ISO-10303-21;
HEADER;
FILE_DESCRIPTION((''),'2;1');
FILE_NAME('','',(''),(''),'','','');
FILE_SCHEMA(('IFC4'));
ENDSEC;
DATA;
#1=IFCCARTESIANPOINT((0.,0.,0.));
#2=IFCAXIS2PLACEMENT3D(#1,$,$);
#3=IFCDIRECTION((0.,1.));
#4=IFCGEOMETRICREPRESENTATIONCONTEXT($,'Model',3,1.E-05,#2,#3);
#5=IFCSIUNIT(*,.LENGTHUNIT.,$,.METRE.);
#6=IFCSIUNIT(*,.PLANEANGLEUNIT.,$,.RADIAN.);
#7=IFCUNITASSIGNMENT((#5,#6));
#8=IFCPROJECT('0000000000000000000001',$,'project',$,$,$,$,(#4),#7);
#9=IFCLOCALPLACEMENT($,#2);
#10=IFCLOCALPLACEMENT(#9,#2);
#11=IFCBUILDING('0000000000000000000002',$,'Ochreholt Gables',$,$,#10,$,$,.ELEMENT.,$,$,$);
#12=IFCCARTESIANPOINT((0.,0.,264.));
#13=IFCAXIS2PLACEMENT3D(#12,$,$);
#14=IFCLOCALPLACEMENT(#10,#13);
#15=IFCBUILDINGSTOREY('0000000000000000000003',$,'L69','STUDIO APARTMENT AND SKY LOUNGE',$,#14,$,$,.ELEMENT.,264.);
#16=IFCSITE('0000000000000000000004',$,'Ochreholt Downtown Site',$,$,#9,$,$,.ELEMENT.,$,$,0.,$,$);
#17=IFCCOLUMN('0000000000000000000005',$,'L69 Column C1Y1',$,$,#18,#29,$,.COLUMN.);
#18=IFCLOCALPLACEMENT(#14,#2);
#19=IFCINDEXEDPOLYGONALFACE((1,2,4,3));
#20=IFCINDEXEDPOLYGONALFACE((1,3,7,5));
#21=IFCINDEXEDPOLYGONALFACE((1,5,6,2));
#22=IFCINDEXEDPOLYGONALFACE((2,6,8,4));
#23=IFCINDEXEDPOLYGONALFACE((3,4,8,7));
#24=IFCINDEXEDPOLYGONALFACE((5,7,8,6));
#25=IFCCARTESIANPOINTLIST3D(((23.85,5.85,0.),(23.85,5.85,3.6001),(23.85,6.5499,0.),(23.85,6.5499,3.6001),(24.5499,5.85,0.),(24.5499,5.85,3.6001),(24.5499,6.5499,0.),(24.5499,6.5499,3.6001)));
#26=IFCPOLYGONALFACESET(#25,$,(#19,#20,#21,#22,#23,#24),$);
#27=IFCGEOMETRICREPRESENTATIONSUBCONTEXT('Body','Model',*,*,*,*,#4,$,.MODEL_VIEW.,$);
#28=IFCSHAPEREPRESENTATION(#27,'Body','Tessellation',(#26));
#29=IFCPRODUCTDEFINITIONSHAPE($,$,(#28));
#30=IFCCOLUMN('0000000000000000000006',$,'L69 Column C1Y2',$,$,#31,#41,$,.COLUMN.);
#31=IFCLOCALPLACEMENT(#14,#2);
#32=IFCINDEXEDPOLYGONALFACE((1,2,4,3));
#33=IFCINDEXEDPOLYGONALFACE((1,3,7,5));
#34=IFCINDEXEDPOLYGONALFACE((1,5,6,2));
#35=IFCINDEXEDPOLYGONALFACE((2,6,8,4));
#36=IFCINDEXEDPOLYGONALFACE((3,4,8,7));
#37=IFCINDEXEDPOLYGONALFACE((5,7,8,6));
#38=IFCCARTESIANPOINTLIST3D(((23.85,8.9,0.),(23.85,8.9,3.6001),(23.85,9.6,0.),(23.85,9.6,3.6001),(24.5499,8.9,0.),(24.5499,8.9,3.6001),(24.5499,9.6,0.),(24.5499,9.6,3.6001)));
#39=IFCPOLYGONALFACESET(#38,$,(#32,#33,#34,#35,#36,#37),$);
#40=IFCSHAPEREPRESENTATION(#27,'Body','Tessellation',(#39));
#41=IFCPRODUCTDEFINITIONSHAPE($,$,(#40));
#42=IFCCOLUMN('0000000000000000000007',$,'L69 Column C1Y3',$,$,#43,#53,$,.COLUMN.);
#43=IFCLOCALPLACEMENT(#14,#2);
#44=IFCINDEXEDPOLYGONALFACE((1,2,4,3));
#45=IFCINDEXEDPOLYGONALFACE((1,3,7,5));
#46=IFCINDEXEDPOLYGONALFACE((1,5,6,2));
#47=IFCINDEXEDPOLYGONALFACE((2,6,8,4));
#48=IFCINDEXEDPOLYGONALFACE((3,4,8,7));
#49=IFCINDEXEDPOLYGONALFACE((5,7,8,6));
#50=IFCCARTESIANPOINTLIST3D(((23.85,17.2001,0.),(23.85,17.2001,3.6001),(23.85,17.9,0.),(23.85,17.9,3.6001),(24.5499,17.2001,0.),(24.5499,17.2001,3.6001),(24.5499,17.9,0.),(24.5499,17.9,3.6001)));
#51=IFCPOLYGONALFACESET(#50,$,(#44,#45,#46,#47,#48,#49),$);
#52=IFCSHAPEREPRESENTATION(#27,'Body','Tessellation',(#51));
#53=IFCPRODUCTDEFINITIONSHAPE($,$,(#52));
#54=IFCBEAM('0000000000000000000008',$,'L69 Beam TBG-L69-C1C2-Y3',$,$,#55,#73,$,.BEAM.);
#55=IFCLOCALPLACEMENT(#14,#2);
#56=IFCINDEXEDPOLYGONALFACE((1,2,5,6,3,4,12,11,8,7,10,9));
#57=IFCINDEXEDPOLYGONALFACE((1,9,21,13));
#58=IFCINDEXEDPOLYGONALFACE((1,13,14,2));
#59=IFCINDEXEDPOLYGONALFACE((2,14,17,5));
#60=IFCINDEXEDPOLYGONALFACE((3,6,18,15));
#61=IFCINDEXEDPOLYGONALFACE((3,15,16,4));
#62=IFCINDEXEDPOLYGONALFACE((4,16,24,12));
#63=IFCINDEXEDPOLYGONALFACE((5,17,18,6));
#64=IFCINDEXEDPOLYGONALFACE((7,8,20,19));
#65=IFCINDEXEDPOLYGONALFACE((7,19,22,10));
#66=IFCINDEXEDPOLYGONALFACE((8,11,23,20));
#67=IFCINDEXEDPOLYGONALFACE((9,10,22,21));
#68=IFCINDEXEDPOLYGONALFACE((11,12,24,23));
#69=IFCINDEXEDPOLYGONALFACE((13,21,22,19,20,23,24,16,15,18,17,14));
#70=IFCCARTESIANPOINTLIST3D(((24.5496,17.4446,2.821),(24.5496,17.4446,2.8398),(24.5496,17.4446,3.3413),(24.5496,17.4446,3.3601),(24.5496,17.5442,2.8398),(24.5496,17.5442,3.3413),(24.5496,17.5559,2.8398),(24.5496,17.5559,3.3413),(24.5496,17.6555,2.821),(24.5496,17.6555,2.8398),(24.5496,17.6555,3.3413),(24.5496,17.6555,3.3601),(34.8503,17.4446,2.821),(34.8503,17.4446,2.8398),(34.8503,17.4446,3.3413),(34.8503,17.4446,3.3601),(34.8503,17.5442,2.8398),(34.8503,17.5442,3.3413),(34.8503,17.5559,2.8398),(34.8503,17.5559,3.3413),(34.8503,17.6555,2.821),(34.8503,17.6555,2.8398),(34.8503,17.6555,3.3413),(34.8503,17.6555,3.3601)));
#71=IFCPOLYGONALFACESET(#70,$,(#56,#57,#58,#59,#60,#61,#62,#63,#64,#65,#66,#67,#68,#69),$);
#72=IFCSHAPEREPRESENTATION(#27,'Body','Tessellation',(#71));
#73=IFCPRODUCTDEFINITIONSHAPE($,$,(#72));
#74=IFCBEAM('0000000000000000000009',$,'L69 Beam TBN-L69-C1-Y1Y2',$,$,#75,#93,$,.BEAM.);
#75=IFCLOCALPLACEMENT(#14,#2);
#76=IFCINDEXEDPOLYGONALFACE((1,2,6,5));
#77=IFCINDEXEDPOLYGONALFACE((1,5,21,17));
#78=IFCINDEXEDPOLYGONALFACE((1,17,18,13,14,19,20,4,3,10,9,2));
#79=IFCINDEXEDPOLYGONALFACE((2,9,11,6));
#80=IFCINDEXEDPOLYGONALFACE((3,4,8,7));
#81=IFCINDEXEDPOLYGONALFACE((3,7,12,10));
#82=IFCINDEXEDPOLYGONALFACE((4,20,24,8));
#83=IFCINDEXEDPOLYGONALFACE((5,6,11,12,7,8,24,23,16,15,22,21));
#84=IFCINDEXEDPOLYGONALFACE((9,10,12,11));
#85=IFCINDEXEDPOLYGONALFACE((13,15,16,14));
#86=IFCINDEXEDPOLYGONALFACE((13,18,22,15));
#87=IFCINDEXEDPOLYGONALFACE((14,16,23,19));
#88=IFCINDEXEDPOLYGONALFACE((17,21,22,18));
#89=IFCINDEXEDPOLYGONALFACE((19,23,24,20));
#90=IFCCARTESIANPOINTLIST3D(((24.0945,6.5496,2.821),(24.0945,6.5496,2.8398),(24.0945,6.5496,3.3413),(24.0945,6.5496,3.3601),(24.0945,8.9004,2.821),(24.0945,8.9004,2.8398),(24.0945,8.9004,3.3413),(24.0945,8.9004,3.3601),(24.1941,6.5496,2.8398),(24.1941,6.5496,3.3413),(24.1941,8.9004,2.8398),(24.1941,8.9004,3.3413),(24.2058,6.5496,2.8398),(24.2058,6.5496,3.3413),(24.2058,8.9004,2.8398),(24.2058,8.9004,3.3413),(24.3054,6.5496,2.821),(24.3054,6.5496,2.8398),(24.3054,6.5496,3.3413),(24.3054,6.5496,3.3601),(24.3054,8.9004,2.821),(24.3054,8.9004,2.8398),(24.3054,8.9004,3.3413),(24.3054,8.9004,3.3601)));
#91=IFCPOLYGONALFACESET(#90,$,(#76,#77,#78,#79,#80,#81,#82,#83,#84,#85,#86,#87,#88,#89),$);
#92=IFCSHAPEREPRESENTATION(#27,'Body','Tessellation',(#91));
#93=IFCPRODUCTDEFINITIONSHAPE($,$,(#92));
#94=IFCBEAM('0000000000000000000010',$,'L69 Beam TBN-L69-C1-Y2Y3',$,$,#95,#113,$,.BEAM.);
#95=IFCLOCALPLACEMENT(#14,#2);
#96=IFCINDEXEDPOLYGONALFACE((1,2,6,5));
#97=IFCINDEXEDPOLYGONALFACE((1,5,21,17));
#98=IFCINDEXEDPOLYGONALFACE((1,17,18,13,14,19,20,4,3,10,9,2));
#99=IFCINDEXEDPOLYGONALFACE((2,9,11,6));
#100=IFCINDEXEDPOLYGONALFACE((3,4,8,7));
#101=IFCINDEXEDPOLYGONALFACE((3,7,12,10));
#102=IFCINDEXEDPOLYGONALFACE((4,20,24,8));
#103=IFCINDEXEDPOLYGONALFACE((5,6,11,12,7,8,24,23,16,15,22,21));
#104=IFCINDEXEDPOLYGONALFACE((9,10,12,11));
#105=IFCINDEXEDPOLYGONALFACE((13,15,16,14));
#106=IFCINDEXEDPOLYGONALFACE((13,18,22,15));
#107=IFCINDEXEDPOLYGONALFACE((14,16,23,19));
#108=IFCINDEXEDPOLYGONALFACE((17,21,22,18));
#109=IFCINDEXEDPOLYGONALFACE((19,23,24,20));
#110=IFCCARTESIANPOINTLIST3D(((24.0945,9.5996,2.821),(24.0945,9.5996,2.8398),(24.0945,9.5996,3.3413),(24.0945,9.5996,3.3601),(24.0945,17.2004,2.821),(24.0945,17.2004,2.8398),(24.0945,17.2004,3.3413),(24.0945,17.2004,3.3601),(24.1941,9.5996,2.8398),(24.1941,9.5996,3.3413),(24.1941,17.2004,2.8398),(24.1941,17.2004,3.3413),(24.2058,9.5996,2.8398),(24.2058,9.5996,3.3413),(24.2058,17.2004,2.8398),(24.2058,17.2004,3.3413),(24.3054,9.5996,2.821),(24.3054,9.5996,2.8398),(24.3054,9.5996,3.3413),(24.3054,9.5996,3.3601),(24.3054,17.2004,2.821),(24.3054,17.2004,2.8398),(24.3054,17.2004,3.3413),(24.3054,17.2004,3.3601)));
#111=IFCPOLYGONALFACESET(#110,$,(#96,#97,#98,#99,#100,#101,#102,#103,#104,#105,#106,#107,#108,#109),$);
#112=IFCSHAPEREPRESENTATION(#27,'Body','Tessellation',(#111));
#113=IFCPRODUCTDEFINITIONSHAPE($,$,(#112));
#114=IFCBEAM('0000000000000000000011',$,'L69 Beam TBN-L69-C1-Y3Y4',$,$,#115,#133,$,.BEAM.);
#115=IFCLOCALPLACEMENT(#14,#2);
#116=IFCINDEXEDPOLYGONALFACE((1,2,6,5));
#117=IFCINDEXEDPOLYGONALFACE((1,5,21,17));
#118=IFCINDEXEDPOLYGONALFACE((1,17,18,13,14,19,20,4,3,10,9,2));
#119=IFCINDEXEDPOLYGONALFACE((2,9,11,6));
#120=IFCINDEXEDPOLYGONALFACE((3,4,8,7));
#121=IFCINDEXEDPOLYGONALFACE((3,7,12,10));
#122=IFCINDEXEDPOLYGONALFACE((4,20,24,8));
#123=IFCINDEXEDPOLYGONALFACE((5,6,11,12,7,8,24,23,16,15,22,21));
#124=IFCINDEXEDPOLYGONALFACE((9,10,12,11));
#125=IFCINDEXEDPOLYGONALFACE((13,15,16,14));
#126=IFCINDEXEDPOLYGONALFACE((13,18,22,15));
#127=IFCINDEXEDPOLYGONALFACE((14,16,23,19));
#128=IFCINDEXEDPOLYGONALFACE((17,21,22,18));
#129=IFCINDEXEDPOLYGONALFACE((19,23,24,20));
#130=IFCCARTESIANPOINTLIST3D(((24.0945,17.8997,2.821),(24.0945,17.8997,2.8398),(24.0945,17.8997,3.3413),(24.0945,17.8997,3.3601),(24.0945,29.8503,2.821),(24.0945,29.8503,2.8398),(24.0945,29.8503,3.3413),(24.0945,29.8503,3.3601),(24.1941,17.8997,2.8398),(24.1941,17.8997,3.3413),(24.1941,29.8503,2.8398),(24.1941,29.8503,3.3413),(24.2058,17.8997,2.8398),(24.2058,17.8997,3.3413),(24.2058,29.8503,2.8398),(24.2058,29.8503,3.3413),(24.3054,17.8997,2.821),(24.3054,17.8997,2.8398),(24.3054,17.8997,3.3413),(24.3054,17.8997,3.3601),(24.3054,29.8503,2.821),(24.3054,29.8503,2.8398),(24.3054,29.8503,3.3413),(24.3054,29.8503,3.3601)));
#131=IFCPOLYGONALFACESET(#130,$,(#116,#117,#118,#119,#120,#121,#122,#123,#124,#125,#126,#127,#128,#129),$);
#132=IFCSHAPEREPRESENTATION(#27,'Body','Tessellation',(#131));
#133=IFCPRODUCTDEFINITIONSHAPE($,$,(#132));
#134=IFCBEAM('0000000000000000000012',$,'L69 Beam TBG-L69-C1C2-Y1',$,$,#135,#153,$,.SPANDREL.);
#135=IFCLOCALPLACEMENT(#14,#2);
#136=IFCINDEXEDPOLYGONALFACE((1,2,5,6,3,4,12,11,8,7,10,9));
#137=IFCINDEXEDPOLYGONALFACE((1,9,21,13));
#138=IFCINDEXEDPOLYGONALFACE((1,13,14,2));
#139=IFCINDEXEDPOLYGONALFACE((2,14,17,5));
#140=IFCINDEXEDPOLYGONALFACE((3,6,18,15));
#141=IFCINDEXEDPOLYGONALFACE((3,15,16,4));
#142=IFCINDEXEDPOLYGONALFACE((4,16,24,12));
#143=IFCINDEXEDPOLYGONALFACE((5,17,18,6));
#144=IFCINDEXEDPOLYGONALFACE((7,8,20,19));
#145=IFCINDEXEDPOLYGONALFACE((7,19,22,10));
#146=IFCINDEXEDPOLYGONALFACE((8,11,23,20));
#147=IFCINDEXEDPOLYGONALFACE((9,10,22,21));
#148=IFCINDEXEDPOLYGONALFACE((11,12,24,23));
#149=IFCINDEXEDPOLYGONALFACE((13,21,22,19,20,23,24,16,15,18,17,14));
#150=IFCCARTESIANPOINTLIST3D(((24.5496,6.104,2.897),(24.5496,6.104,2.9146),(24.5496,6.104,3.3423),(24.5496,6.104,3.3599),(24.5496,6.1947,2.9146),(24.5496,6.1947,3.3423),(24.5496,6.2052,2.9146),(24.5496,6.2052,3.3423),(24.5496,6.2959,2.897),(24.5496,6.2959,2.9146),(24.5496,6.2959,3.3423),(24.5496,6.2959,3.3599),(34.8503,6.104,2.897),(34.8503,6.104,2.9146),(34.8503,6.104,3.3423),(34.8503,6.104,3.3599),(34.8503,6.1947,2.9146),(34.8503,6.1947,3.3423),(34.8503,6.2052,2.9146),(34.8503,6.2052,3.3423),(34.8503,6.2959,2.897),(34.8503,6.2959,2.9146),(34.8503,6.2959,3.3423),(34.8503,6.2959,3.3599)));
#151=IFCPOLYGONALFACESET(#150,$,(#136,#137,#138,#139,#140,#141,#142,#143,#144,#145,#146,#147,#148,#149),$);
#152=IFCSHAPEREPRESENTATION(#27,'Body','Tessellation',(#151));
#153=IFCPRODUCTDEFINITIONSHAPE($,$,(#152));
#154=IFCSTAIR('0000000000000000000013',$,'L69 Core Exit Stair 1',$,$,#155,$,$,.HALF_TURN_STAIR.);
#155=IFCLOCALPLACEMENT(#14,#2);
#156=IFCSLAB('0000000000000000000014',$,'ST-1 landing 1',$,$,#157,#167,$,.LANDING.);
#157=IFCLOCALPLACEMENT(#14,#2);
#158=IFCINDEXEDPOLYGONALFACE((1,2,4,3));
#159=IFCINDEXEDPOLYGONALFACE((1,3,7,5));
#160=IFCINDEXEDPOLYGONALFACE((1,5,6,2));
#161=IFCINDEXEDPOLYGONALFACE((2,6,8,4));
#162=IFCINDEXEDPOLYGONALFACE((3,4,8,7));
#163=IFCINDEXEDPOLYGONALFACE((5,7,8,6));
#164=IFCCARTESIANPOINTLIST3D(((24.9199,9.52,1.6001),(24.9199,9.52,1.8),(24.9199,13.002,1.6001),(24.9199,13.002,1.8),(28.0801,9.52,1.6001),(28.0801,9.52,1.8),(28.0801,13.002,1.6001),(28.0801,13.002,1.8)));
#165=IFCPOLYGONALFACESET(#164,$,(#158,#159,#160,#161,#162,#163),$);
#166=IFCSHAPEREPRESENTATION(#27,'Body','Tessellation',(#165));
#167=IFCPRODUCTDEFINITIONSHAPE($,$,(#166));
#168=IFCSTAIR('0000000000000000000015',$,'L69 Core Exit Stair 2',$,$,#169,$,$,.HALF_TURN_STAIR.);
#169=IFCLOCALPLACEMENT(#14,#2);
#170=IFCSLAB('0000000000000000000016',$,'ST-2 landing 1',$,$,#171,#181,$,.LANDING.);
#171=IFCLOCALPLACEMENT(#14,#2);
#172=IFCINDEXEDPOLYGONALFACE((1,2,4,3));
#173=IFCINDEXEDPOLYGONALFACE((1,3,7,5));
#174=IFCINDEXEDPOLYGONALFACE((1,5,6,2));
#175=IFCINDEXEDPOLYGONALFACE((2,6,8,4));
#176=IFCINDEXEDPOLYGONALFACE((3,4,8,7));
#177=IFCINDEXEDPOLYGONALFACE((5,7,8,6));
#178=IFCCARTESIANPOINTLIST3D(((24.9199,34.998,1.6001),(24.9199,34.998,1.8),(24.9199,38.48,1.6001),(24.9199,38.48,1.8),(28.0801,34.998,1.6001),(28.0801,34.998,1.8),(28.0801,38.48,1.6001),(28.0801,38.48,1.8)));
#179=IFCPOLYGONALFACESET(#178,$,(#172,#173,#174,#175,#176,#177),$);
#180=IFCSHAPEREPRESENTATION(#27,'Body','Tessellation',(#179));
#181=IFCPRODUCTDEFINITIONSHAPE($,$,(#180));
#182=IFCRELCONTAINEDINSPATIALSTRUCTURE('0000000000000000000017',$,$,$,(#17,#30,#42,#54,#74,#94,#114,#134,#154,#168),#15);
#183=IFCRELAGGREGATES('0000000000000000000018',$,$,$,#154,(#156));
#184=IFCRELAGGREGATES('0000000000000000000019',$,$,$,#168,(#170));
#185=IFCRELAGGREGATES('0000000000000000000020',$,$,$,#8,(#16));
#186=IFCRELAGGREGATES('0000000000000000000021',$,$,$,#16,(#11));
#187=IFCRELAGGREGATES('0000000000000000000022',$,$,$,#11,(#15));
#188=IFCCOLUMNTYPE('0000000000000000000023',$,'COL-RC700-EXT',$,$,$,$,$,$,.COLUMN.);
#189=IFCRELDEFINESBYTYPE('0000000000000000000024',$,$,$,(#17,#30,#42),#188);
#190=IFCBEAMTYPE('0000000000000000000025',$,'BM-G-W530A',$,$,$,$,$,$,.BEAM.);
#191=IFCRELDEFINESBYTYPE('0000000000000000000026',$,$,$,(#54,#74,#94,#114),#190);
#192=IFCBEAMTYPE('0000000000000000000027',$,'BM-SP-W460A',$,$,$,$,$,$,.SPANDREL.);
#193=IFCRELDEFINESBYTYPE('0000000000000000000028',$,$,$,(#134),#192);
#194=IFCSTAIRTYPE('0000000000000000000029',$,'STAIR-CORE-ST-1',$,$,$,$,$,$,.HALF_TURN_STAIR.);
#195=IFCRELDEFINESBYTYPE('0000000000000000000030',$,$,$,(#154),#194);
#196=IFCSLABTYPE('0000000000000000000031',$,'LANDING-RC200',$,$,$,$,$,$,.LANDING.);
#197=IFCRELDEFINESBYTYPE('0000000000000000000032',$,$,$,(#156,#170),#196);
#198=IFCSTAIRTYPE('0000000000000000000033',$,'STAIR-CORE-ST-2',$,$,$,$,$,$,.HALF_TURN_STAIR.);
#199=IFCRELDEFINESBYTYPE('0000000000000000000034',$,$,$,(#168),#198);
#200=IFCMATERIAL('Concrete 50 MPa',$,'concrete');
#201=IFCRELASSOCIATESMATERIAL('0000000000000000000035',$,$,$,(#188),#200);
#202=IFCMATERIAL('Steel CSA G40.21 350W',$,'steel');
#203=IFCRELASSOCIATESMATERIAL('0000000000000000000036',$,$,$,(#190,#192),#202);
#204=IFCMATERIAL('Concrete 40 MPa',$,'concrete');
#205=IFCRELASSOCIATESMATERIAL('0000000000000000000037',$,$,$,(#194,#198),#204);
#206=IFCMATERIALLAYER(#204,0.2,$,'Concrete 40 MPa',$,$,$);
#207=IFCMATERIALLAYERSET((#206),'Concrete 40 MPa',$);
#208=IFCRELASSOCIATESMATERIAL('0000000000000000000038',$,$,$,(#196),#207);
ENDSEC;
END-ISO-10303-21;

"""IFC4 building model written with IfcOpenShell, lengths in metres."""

from ifc_helpers import new_model, si_unit, direction, frame, origin, origin_2d, place, context, subcontext, project, spatial, polyline, rectangle, i_section, outline, extrude, material, layer, layer_set, material_profile, profile_set, type_object, element, aggregate, save


model = new_model("IFC4")

# Units and contexts
model_context = context("Model", 3, precision=1e-05, world=origin(), true_north=direction((0.0, 1.0)))
body_context = subcontext(model_context, "Body", "Model", "MODEL_VIEW")
ifc_project = project(units=[si_unit("LENGTHUNIT", "METRE"), si_unit("PLANEANGLEUNIT", "RADIAN")], contexts=[model_context])

# Site, building, storey
site_placement = place(None, origin())
site = spatial("IfcSite", under=ifc_project, at=site_placement, Name="Ochreholt Downtown Site", CompositionType="ELEMENT", RefElevation=0.0)
building_placement = place(site_placement, origin())
building = spatial("IfcBuilding", under=site, at=building_placement, Name="Ochreholt Gables", CompositionType="ELEMENT")
storey_placement = place(building_placement, frame((0.0, 0.0, 264.0)))
storey = spatial("IfcBuildingStorey", under=building, at=storey_placement, Name="L69", Description="STUDIO APARTMENT AND SKY LOUNGE", CompositionType="ELEMENT", Elevation=264.0)

# Columns
ifc_material_1 = material(Name="Concrete 50 MPa", Category="concrete")
ifc_material_profile_1 = material_profile(ifc_material_1, rectangle(XDim=0.7, YDim=0.7, at=origin_2d()), Name="RC700X700")
ifc_profile_set_1 = profile_set([ifc_material_profile_1], Name="Concrete 50 MPa")
column_type = type_object("IfcColumnType", Name="COL-RC700-EXT", PredefinedType="COLUMN", material=ifc_profile_set_1)
for number, where, z_axis, x_axis, name in (
    (1, (24.2, 6.2, 0.0), (0.0, 0.0, 1.0), (1.0, 0.0, 0.0), "L69 Column C1Y1"),
    (2, (24.2, 9.25, 0.0), (0.0, 0.0, 1.0), (1.0, 0.0, 0.0), "L69 Column C1Y2"),
    (3, (24.2, 17.55, 0.0), (0.0, 0.0, 1.0), (1.0, 0.0, 0.0), "L69 Column C1Y3"),
):
    element("IfcColumn", number, at=place(storey_placement, frame(where, z_axis=z_axis, x_axis=x_axis)), inside=storey, type_object=column_type, Name=name, PredefinedType="COLUMN", context=body_context, shape_type="SweptSolid", body=[
        extrude(rectangle(XDim=0.7, YDim=0.7, at=origin_2d()), origin(), (0.0, 0.0, 1.0), 3.6001),
    ])

# Beams
ifc_material_2 = material(Name="Steel CSA G40.21 350W", Category="steel")
ifc_material_profile_2 = material_profile(ifc_material_2, i_section(OverallWidth=0.2109, OverallDepth=0.5391, WebThickness=0.0117, FlangeThickness=0.0188, at=origin_2d()), Name="W530X109")
ifc_profile_set_2 = profile_set([ifc_material_profile_2], Name="Steel CSA G40.21 350W")
beam_type_1 = type_object("IfcBeamType", Name="BM-G-W530A", PredefinedType="BEAM", material=ifc_profile_set_2)
beam_1_placement = place(storey_placement, frame((24.5496, 17.55, 3.0906), z_axis=(1.0, 0.0, 0.0), x_axis=(0.0, 1.0, 0.0)))
element("IfcBeam", 4, at=beam_1_placement, inside=storey, type_object=beam_type_1, Name="L69 Beam TBG-L69-C1C2-Y3", PredefinedType="BEAM", context=body_context, shape_type="SweptSolid", body=[
    extrude(i_section(OverallWidth=0.2109, OverallDepth=0.5391, WebThickness=0.0117, FlangeThickness=0.0188, at=origin_2d()), origin(), (0.0, 0.0, 1.0), 10.3008),
])
beam_2_placement = place(storey_placement, frame((24.2, 6.5496, 3.0906), z_axis=(0.0, 1.0, 0.0), x_axis=(-1.0, 0.0, 0.0)))
element("IfcBeam", 5, at=beam_2_placement, inside=storey, type_object=beam_type_1, Name="L69 Beam TBN-L69-C1-Y1Y2", PredefinedType="BEAM", context=body_context, shape_type="SweptSolid", body=[
    extrude(i_section(OverallWidth=0.2109, OverallDepth=0.5391, WebThickness=0.0117, FlangeThickness=0.0188, at=origin_2d()), origin(), (0.0, 0.0, 1.0), 2.3508),
])
beam_3_placement = place(storey_placement, frame((24.2, 9.5996, 3.0906), z_axis=(0.0, 1.0, 0.0), x_axis=(-1.0, 0.0, 0.0)))
element("IfcBeam", 6, at=beam_3_placement, inside=storey, type_object=beam_type_1, Name="L69 Beam TBN-L69-C1-Y2Y3", PredefinedType="BEAM", context=body_context, shape_type="SweptSolid", body=[
    extrude(i_section(OverallWidth=0.2109, OverallDepth=0.5391, WebThickness=0.0117, FlangeThickness=0.0188, at=origin_2d()), origin(), (0.0, 0.0, 1.0), 7.6008),
])
beam_4_placement = place(storey_placement, frame((24.2, 17.8997, 3.0906), z_axis=(0.0, 1.0, 0.0), x_axis=(-1.0, 0.0, 0.0)))
element("IfcBeam", 7, at=beam_4_placement, inside=storey, type_object=beam_type_1, Name="L69 Beam TBN-L69-C1-Y3Y4", PredefinedType="BEAM", context=body_context, shape_type="SweptSolid", body=[
    extrude(i_section(OverallWidth=0.2109, OverallDepth=0.5391, WebThickness=0.0117, FlangeThickness=0.0188, at=origin_2d()), origin(), (0.0, 0.0, 1.0), 11.9507),
])
ifc_material_profile_3 = material_profile(ifc_material_2, i_section(OverallWidth=0.1919, OverallDepth=0.4629, WebThickness=0.0105, FlangeThickness=0.0176, at=origin_2d()), Name="W460X89")
ifc_profile_set_3 = profile_set([ifc_material_profile_3], Name="Steel CSA G40.21 350W")
beam_type_2 = type_object("IfcBeamType", Name="BM-SP-W460A", PredefinedType="SPANDREL", material=ifc_profile_set_3)
beam_5_placement = place(storey_placement, frame((24.5496, 6.2, 3.1284), z_axis=(1.0, 0.0, 0.0), x_axis=(0.0, 1.0, 0.0)))
element("IfcBeam", 8, at=beam_5_placement, inside=storey, type_object=beam_type_2, Name="L69 Beam TBG-L69-C1C2-Y1", PredefinedType="SPANDREL", context=body_context, shape_type="SweptSolid", body=[
    extrude(i_section(OverallWidth=0.1919, OverallDepth=0.4629, WebThickness=0.0105, FlangeThickness=0.0176, at=origin_2d()), origin(), (0.0, 0.0, 1.0), 10.3008),
])

# Stairs, slabs
ifc_material_3 = material(Name="Concrete 40 MPa", Category="concrete")
stair_type_1 = type_object("IfcStairType", Name="STAIR-CORE-ST-1", PredefinedType="HALF_TURN_STAIR", material=ifc_material_3)
stair_1_placement = place(storey_placement, origin())
stair_1 = element("IfcStair", 9, at=stair_1_placement, inside=storey, type_object=stair_type_1, Name="L69 Core Exit Stair 1", PredefinedType="HALF_TURN_STAIR")
ifc_layer_1 = layer(ifc_material_3, 0.2, Name="Concrete 40 MPa")
ifc_layer_set_1 = layer_set([ifc_layer_1], Name="Concrete 40 MPa")
slab_type_1 = type_object("IfcSlabType", Name="LANDING-RC200", PredefinedType="LANDING", material=ifc_layer_set_1)
slab_1_placement = place(storey_placement, frame((0.0, 0.0, 1.6001)))
slab_1 = element("IfcSlab", 10, at=slab_1_placement, type_object=slab_type_1, Name="ST-1 landing 1", PredefinedType="LANDING", context=body_context, shape_type="SweptSolid", body=[
    extrude(outline(polyline([(24.9199, 13.002), (24.9199, 9.52), (28.0801, 9.52), (28.0801, 13.002), (24.9199, 13.002)])), origin(), (0.0, 0.0, 1.0), 0.2),
])
aggregate(stair_1, [slab_1])
stair_type_2 = type_object("IfcStairType", Name="STAIR-CORE-ST-2", PredefinedType="HALF_TURN_STAIR", material=ifc_material_3)
stair_2_placement = place(storey_placement, origin())
stair_2 = element("IfcStair", 11, at=stair_2_placement, inside=storey, type_object=stair_type_2, Name="L69 Core Exit Stair 2", PredefinedType="HALF_TURN_STAIR")
slab_2_placement = place(storey_placement, frame((0.0, 0.0, 1.6001)))
slab_2 = element("IfcSlab", 12, at=slab_2_placement, type_object=slab_type_1, Name="ST-2 landing 1", PredefinedType="LANDING", context=body_context, shape_type="SweptSolid", body=[
    extrude(outline(polyline([(28.0801, 34.998), (28.0801, 38.48), (24.9199, 38.48), (24.9199, 34.998), (28.0801, 34.998)])), origin(), (0.0, 0.0, 1.0), 0.2),
])
aggregate(stair_2, [slab_2])

save(model, "model.ifc")
